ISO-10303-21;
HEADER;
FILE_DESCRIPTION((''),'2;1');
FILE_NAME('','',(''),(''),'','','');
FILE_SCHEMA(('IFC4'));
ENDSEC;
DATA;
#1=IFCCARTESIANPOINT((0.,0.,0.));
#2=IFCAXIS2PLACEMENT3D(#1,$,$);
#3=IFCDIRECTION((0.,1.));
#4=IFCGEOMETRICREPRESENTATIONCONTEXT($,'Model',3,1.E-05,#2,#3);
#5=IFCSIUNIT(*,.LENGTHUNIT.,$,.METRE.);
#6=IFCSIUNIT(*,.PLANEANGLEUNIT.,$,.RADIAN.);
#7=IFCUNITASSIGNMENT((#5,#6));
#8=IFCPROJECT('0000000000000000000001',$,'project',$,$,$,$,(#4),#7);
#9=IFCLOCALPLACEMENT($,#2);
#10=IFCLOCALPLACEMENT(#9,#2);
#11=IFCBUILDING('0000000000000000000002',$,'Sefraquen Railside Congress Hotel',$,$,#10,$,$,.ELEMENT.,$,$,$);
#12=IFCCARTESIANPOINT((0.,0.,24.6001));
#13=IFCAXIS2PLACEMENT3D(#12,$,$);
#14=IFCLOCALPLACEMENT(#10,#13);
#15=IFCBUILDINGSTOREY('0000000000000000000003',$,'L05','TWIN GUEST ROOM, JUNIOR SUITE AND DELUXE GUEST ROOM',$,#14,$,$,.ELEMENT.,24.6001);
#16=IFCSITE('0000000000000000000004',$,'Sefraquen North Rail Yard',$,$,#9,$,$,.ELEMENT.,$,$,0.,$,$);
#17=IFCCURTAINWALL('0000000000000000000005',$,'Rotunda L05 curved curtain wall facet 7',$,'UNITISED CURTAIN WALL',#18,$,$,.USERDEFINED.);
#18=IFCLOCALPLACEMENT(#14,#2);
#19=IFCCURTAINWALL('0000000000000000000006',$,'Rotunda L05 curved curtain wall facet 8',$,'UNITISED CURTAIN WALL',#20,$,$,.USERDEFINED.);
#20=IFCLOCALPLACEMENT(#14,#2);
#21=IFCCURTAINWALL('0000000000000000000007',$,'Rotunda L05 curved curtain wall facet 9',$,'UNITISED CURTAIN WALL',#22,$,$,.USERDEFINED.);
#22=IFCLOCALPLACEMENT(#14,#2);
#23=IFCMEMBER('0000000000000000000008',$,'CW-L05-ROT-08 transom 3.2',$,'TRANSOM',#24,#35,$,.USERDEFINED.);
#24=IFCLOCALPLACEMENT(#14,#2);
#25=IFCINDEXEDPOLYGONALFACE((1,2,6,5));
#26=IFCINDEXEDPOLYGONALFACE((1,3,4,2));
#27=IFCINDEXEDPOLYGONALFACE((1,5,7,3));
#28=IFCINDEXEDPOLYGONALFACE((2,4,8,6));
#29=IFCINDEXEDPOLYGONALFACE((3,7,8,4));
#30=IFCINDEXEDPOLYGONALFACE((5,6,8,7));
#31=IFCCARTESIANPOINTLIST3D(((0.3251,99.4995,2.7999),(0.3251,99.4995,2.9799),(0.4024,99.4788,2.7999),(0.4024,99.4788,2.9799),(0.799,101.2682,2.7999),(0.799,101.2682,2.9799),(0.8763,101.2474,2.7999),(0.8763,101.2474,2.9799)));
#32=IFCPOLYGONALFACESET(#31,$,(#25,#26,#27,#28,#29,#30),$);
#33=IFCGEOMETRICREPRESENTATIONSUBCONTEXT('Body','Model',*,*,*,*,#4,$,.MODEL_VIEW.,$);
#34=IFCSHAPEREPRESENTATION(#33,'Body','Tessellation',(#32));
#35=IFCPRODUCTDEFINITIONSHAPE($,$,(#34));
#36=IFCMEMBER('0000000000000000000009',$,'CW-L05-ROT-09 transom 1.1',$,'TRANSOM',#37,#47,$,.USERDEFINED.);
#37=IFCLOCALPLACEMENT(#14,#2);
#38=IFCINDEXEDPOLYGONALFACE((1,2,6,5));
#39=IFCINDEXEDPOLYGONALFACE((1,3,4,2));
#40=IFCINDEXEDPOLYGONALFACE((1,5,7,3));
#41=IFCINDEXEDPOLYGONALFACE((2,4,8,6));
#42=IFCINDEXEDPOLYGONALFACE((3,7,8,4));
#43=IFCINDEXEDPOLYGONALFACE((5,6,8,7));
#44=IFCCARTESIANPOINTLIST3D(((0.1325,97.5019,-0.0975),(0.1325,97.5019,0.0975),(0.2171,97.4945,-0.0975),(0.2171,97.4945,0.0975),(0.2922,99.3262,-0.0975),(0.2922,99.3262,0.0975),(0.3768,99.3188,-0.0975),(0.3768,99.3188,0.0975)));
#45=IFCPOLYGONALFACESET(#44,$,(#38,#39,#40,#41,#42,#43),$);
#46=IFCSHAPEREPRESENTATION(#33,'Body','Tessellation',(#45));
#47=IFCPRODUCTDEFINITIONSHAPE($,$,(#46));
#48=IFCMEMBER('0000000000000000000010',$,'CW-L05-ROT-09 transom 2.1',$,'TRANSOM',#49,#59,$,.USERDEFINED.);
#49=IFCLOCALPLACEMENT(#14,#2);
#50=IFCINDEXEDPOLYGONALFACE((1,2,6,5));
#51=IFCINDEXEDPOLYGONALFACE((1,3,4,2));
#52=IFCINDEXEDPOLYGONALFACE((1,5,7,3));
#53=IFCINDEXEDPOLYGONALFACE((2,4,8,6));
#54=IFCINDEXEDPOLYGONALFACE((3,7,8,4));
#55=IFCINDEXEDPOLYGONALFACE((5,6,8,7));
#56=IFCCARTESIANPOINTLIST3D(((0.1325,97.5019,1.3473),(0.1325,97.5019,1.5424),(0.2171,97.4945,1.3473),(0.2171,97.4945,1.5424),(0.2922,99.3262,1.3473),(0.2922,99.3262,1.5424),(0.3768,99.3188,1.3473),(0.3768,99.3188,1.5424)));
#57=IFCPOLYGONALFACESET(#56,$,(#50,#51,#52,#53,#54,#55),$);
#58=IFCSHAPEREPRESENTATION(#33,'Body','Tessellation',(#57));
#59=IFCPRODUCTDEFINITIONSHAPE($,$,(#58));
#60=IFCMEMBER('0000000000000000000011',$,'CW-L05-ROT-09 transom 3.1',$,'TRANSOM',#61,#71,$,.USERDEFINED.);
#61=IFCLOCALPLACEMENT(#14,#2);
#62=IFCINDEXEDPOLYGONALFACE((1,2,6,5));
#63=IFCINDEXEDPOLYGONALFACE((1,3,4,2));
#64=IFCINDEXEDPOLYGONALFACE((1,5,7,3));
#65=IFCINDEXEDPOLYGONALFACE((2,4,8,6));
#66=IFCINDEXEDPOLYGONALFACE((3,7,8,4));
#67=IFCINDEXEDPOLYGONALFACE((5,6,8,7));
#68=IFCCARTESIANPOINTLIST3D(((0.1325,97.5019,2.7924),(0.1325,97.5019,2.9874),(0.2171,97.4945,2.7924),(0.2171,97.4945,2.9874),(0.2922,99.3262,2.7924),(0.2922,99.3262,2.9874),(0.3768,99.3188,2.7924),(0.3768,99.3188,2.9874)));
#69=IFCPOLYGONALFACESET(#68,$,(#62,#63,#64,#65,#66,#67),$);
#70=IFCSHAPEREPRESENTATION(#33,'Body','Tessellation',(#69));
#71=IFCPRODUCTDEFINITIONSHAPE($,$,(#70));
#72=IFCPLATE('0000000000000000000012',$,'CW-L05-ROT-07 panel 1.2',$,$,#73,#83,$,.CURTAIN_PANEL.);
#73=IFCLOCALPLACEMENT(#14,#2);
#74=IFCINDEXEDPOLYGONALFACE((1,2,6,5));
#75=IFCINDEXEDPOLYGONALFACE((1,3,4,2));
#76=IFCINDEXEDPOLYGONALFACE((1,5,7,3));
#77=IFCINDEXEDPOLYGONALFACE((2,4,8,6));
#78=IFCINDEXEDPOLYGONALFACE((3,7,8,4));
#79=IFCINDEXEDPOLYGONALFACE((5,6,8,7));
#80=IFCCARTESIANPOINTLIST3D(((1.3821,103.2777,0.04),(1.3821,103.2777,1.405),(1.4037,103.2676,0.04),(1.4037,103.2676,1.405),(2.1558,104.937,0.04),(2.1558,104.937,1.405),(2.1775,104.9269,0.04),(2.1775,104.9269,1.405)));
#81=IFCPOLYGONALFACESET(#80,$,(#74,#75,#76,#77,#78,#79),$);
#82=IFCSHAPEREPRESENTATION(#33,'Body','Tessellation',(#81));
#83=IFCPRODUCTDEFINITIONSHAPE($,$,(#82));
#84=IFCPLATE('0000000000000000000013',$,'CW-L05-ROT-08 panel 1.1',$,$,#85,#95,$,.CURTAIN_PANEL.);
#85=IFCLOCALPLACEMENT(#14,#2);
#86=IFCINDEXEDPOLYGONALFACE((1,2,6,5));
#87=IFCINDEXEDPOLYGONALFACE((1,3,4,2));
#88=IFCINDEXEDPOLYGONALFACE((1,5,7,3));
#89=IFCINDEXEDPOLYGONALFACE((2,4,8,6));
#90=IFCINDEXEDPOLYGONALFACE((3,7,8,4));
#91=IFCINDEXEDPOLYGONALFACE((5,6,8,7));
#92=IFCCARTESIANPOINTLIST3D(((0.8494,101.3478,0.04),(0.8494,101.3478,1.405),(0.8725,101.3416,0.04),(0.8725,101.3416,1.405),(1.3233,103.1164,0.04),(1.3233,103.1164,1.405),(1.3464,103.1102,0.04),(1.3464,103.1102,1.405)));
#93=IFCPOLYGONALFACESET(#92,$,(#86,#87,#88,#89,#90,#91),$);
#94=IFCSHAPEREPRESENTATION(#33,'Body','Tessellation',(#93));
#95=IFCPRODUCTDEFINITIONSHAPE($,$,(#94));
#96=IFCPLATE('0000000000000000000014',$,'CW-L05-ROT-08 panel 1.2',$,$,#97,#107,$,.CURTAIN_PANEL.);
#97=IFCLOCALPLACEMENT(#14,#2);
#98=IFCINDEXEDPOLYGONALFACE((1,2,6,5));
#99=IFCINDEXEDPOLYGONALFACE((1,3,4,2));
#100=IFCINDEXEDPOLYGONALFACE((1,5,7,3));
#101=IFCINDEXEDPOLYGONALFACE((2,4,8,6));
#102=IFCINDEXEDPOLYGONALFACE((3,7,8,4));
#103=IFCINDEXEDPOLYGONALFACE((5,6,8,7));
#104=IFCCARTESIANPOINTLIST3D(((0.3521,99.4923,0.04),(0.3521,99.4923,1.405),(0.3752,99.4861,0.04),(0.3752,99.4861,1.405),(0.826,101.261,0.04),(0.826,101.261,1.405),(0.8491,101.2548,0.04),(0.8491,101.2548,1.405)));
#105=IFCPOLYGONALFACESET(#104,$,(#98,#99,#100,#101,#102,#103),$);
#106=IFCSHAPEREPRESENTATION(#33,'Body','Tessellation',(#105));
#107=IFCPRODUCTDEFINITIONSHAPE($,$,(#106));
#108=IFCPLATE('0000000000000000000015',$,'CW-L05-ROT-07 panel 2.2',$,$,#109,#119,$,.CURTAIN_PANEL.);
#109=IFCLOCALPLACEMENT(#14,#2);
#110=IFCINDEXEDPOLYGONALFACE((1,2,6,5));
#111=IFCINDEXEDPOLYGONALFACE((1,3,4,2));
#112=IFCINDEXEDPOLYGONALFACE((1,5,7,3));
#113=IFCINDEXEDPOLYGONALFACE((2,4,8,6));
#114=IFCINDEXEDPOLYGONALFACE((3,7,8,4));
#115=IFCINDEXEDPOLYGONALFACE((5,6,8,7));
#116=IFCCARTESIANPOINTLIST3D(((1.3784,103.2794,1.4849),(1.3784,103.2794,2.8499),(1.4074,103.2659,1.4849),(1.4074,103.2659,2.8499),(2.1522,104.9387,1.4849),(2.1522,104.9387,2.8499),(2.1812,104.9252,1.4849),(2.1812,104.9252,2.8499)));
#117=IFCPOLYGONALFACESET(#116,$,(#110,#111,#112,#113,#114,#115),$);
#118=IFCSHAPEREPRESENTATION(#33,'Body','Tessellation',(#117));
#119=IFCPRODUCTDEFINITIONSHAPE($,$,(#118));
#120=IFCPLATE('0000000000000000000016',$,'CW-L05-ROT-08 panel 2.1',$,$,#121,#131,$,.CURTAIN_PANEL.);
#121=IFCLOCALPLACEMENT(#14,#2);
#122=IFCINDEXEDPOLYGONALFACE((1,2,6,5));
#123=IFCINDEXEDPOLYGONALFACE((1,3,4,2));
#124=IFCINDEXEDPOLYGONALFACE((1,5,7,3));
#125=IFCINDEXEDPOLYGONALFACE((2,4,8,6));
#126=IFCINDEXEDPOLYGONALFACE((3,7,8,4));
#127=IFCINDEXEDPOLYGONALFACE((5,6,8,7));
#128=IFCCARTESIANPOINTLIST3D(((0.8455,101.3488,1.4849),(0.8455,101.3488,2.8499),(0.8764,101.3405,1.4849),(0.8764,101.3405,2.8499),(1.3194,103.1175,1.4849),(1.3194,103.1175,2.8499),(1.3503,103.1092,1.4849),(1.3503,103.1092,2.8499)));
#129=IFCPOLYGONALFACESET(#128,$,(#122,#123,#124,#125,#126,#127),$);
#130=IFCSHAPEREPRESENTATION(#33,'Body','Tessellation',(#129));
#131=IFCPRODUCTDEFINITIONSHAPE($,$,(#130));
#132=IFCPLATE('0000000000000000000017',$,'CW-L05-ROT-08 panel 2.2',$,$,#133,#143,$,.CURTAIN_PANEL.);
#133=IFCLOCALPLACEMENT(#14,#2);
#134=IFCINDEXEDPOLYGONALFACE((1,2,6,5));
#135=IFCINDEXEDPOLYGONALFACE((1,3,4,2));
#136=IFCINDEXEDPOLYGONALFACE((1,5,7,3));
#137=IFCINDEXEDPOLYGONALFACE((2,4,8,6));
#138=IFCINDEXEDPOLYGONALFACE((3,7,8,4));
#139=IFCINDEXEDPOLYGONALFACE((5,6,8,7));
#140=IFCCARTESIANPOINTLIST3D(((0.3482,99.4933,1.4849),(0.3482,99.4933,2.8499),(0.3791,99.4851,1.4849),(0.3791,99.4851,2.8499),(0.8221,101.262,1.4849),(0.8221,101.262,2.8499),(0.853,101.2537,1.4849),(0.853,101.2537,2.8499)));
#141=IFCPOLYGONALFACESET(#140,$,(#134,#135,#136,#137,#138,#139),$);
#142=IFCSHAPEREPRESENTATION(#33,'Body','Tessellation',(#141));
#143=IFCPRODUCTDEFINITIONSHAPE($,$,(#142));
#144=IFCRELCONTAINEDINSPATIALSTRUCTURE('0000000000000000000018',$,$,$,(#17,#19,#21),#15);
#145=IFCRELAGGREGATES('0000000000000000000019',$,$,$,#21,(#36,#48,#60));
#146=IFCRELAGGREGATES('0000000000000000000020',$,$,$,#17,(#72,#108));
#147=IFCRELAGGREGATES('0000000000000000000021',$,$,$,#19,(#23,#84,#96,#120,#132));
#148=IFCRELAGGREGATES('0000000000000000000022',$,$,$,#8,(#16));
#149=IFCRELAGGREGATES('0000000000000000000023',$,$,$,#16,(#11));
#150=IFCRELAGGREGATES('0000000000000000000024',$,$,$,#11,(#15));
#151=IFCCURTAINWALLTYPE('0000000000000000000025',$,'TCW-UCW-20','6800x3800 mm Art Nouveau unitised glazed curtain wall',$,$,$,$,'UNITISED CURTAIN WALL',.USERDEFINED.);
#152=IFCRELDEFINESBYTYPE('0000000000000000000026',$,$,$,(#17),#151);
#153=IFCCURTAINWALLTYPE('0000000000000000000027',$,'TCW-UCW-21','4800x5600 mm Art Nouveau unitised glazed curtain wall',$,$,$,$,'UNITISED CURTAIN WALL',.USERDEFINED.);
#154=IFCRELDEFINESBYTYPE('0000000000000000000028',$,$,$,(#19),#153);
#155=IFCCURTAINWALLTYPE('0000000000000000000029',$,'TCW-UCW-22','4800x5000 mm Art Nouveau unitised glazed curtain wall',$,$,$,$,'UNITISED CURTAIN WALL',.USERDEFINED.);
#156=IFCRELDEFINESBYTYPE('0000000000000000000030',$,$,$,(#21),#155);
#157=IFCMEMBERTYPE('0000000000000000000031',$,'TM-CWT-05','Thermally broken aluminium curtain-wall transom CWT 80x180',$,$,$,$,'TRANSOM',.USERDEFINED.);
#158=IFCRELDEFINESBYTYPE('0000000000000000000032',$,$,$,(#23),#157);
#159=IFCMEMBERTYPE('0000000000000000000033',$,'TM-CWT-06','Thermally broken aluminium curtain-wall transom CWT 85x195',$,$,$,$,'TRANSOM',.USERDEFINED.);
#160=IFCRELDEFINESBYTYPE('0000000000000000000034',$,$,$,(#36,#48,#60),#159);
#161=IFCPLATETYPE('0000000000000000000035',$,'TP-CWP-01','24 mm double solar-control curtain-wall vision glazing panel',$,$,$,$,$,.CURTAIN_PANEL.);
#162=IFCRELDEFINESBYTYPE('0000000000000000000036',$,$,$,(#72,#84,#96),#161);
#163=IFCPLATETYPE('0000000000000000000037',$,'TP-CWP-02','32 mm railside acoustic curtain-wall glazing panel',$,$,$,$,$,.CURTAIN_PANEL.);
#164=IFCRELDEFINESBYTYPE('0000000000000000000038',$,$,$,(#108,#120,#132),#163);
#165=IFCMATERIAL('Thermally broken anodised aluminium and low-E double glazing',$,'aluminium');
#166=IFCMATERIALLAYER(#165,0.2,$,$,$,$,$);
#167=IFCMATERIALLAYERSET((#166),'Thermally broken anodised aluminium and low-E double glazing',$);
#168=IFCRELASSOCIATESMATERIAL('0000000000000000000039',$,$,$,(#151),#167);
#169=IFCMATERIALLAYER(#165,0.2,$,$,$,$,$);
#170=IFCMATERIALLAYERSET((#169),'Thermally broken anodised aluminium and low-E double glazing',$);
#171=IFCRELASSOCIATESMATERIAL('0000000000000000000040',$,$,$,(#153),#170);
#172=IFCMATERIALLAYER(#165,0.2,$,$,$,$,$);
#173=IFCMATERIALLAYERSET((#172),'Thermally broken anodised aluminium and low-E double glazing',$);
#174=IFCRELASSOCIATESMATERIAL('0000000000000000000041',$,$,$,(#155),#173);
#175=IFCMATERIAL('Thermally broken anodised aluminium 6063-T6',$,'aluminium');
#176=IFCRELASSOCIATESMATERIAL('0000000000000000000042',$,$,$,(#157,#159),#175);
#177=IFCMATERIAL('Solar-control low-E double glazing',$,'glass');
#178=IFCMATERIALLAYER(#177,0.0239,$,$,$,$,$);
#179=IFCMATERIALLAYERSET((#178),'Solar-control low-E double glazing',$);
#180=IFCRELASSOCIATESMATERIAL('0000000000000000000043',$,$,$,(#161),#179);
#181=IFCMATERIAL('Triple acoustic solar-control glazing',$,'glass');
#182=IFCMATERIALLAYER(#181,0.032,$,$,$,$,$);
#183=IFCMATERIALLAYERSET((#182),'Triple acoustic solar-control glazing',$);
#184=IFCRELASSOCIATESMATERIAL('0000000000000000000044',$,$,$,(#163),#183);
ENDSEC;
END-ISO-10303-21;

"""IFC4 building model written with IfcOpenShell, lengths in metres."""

from ifc_helpers import new_model, si_unit, direction, frame, origin, origin_2d, place, context, subcontext, project, spatial, rectangle, extrude, material, layer, layer_set, material_profile, profile_set, type_object, element, aggregate, save


model = new_model("IFC4")

# Units and contexts
model_context = context("Model", 3, precision=1e-05, world=origin(), true_north=direction((0.0, 1.0)))
body_context = subcontext(model_context, "Body", "Model", "MODEL_VIEW")
ifc_project = project(units=[si_unit("LENGTHUNIT", "METRE"), si_unit("PLANEANGLEUNIT", "RADIAN")], contexts=[model_context])

# Site, building, storey
site_placement = place(None, origin())
site = spatial("IfcSite", under=ifc_project, at=site_placement, Name="Sefraquen North Rail Yard", CompositionType="ELEMENT", RefElevation=0.0)
building_placement = place(site_placement, origin())
building = spatial("IfcBuilding", under=site, at=building_placement, Name="Sefraquen Railside Congress Hotel", CompositionType="ELEMENT")
storey_placement = place(building_placement, frame((0.0, 0.0, 24.6001)))
storey = spatial("IfcBuildingStorey", under=building, at=storey_placement, Name="L05", Description="TWIN GUEST ROOM, JUNIOR SUITE AND DELUXE GUEST ROOM", CompositionType="ELEMENT", Elevation=24.6001)

# Curtain walls
ifc_material_1 = material(Name="Thermally broken anodised aluminium and low-E double glazing", Category="aluminium")
ifc_layer_1 = layer(ifc_material_1, 0.2)
ifc_layer_set_1 = layer_set([ifc_layer_1], Name="Thermally broken anodised aluminium and low-E double glazing")
curtain_wall_type_1 = type_object("IfcCurtainWallType", Name="TCW-UCW-20", Description="6800x3800 mm Art Nouveau unitised glazed curtain wall", ElementType="UNITISED CURTAIN WALL", PredefinedType="USERDEFINED", material=ifc_layer_set_1)
curtain_wall_1_placement = place(storey_placement, origin())
curtain_wall_1 = element("IfcCurtainWall", 1, at=curtain_wall_1_placement, inside=storey, type_object=curtain_wall_type_1, Name="Rotunda L05 curved curtain wall facet 7", ObjectType="UNITISED CURTAIN WALL", PredefinedType="USERDEFINED")
ifc_material_2 = material(Name="Thermally broken anodised aluminium 6063-T6", Category="aluminium")
ifc_layer_2 = layer(ifc_material_1, 0.2)
ifc_layer_set_2 = layer_set([ifc_layer_2], Name="Thermally broken anodised aluminium and low-E double glazing")
curtain_wall_type_2 = type_object("IfcCurtainWallType", Name="TCW-UCW-21", Description="4800x5600 mm Art Nouveau unitised glazed curtain wall", ElementType="UNITISED CURTAIN WALL", PredefinedType="USERDEFINED", material=ifc_layer_set_2)
curtain_wall_2_placement = place(storey_placement, origin())
curtain_wall_2 = element("IfcCurtainWall", 2, at=curtain_wall_2_placement, inside=storey, type_object=curtain_wall_type_2, Name="Rotunda L05 curved curtain wall facet 8", ObjectType="UNITISED CURTAIN WALL", PredefinedType="USERDEFINED")

# Curtain wall
ifc_layer_3 = layer(ifc_material_1, 0.2)
ifc_layer_set_3 = layer_set([ifc_layer_3], Name="Thermally broken anodised aluminium and low-E double glazing")
curtain_wall_type_3 = type_object("IfcCurtainWallType", Name="TCW-UCW-22", Description="4800x5000 mm Art Nouveau unitised glazed curtain wall", ElementType="UNITISED CURTAIN WALL", PredefinedType="USERDEFINED", material=ifc_layer_set_3)
curtain_wall_3_placement = place(storey_placement, origin())
curtain_wall_3 = element("IfcCurtainWall", 3, at=curtain_wall_3_placement, inside=storey, type_object=curtain_wall_type_3, Name="Rotunda L05 curved curtain wall facet 9", ObjectType="UNITISED CURTAIN WALL", PredefinedType="USERDEFINED")

# Members
ifc_material_profile_1 = material_profile(ifc_material_2, rectangle(XDim=0.0801, YDim=0.1799, at=origin_2d()), Name="CWT 80x180")
ifc_profile_set_1 = profile_set([ifc_material_profile_1], Name="Thermally broken anodised aluminium 6063-T6")
member_type_1 = type_object("IfcMemberType", Name="TM-CWT-05", Description="Thermally broken aluminium curtain-wall transom CWT 80x180", ElementType="TRANSOM", PredefinedType="USERDEFINED", material=ifc_profile_set_1)
member_1_placement = place(storey_placement, frame((0.8376, 101.2578, 2.8899), z_axis=(-0.258816, -0.965927, 0.0), x_axis=(0.965927, -0.258816, 0.0)))
member_1 = element("IfcMember", 4, at=member_1_placement, type_object=member_type_1, Name="CW-L05-ROT-08 transom 3.2", ObjectType="TRANSOM", PredefinedType="USERDEFINED", context=body_context, shape_type="SweptSolid", body=[
    extrude(rectangle(XDim=0.0801, YDim=0.1799, at=origin_2d()), origin(), (0.0, 0.0, 1.0), 1.8311),
])
ifc_material_profile_2 = material_profile(ifc_material_2, rectangle(XDim=0.085, YDim=0.1951, at=origin_2d()), Name="CWT 85x195")
ifc_profile_set_2 = profile_set([ifc_material_profile_2], Name="Thermally broken anodised aluminium 6063-T6")
member_type_2 = type_object("IfcMemberType", Name="TM-CWT-06", Description="Thermally broken aluminium curtain-wall transom CWT 85x195", ElementType="TRANSOM", PredefinedType="USERDEFINED", material=ifc_profile_set_2)
member_2_placement = place(storey_placement, frame((0.3345, 99.3225, 0.0), z_axis=(-0.087193, -0.996191, 0.0), x_axis=(0.996191, -0.087193, 0.0)))
member_2 = element("IfcMember", 5, at=member_2_placement, type_object=member_type_2, Name="CW-L05-ROT-09 transom 1.1", ObjectType="TRANSOM", PredefinedType="USERDEFINED", context=body_context, shape_type="SweptSolid", body=[
    extrude(rectangle(XDim=0.085, YDim=0.1951, at=origin_2d()), origin(), (0.0, 0.0, 1.0), 1.8313),
])
member_3_placement = place(storey_placement, frame((0.3345, 99.3225, 1.4448), z_axis=(-0.087193, -0.996191, 0.0), x_axis=(0.996191, -0.087193, 0.0)))
member_3 = element("IfcMember", 6, at=member_3_placement, type_object=member_type_2, Name="CW-L05-ROT-09 transom 2.1", ObjectType="TRANSOM", PredefinedType="USERDEFINED", context=body_context, shape_type="SweptSolid", body=[
    extrude(rectangle(XDim=0.085, YDim=0.1951, at=origin_2d()), origin(), (0.0, 0.0, 1.0), 1.8313),
])
member_4_placement = place(storey_placement, frame((0.3345, 99.3225, 2.8899), z_axis=(-0.087193, -0.996191, 0.0), x_axis=(0.996191, -0.087193, 0.0)))
member_4 = element("IfcMember", 7, at=member_4_placement, type_object=member_type_2, Name="CW-L05-ROT-09 transom 3.1", ObjectType="TRANSOM", PredefinedType="USERDEFINED", context=body_context, shape_type="SweptSolid", body=[
    extrude(rectangle(XDim=0.085, YDim=0.1951, at=origin_2d()), origin(), (0.0, 0.0, 1.0), 1.8313),
])
aggregate(curtain_wall_3, [member_2, member_3, member_4])

# Plates
ifc_material_3 = material(Name="Solar-control low-E double glazing", Category="glass")
ifc_layer_4 = layer(ifc_material_3, 0.0239)
ifc_layer_set_4 = layer_set([ifc_layer_4], Name="Solar-control low-E double glazing")
plate_type_1 = type_object("IfcPlateType", Name="TP-CWP-01", Description="24 mm double solar-control curtain-wall vision glazing panel", PredefinedType="CURTAIN_PANEL", material=ifc_layer_set_4)
plate_1_placement = place(storey_placement, frame((1.7798, 104.1023, 0.04), z_axis=(0.0, 0.0, 1.0), x_axis=(-0.422634, -0.9063, 0.0)))
plate_1 = element("IfcPlate", 8, at=plate_1_placement, type_object=plate_type_1, Name="CW-L05-ROT-07 panel 1.2", PredefinedType="CURTAIN_PANEL", context=body_context, shape_type="SweptSolid", body=[
    extrude(rectangle(XDim=1.8308, YDim=0.0239, at=origin_2d()), origin(), (0.0, 0.0, 1.0), 1.365),
])
plate_2_placement = place(storey_placement, frame((1.0979, 102.229, 0.04), z_axis=(0.0, 0.0, 1.0), x_axis=(-0.258785, -0.965935, 0.0)))
plate_2 = element("IfcPlate", 9, at=plate_2_placement, type_object=plate_type_1, Name="CW-L05-ROT-08 panel 1.1", PredefinedType="CURTAIN_PANEL", context=body_context, shape_type="SweptSolid", body=[
    extrude(rectangle(XDim=1.8311, YDim=0.0239, at=origin_2d()), origin(), (0.0, 0.0, 1.0), 1.365),
])
plate_3_placement = place(storey_placement, frame((0.6006, 100.3735, 0.04), z_axis=(0.0, 0.0, 1.0), x_axis=(-0.258785, -0.965935, 0.0)))
plate_3 = element("IfcPlate", 10, at=plate_3_placement, type_object=plate_type_1, Name="CW-L05-ROT-08 panel 1.2", PredefinedType="CURTAIN_PANEL", context=body_context, shape_type="SweptSolid", body=[
    extrude(rectangle(XDim=1.8311, YDim=0.0239, at=origin_2d()), origin(), (0.0, 0.0, 1.0), 1.365),
])
ifc_material_4 = material(Name="Triple acoustic solar-control glazing", Category="glass")
ifc_layer_5 = layer(ifc_material_4, 0.032)
ifc_layer_set_5 = layer_set([ifc_layer_5], Name="Triple acoustic solar-control glazing")
plate_type_2 = type_object("IfcPlateType", Name="TP-CWP-02", Description="32 mm railside acoustic curtain-wall glazing panel", PredefinedType="CURTAIN_PANEL", material=ifc_layer_set_5)
plate_4_placement = place(storey_placement, frame((1.7798, 104.1023, 1.4849), z_axis=(0.0, 0.0, 1.0), x_axis=(-0.422634, -0.9063, 0.0)))
plate_4 = element("IfcPlate", 11, at=plate_4_placement, type_object=plate_type_2, Name="CW-L05-ROT-07 panel 2.2", PredefinedType="CURTAIN_PANEL", context=body_context, shape_type="SweptSolid", body=[
    extrude(rectangle(XDim=1.8308, YDim=0.032, at=origin_2d()), origin(), (0.0, 0.0, 1.0), 1.365),
])
aggregate(curtain_wall_1, [plate_1, plate_4])
plate_5_placement = place(storey_placement, frame((1.0979, 102.229, 1.4849), z_axis=(0.0, 0.0, 1.0), x_axis=(-0.258785, -0.965935, 0.0)))
plate_5 = element("IfcPlate", 12, at=plate_5_placement, type_object=plate_type_2, Name="CW-L05-ROT-08 panel 2.1", PredefinedType="CURTAIN_PANEL", context=body_context, shape_type="SweptSolid", body=[
    extrude(rectangle(XDim=1.8311, YDim=0.032, at=origin_2d()), origin(), (0.0, 0.0, 1.0), 1.365),
])
plate_6_placement = place(storey_placement, frame((0.6006, 100.3735, 1.4849), z_axis=(0.0, 0.0, 1.0), x_axis=(-0.258785, -0.965935, 0.0)))
plate_6 = element("IfcPlate", 13, at=plate_6_placement, type_object=plate_type_2, Name="CW-L05-ROT-08 panel 2.2", PredefinedType="CURTAIN_PANEL", context=body_context, shape_type="SweptSolid", body=[
    extrude(rectangle(XDim=1.8311, YDim=0.032, at=origin_2d()), origin(), (0.0, 0.0, 1.0), 1.365),
])
aggregate(curtain_wall_2, [member_1, plate_2, plate_3, plate_5, plate_6])

save(model, "model.ifc")
